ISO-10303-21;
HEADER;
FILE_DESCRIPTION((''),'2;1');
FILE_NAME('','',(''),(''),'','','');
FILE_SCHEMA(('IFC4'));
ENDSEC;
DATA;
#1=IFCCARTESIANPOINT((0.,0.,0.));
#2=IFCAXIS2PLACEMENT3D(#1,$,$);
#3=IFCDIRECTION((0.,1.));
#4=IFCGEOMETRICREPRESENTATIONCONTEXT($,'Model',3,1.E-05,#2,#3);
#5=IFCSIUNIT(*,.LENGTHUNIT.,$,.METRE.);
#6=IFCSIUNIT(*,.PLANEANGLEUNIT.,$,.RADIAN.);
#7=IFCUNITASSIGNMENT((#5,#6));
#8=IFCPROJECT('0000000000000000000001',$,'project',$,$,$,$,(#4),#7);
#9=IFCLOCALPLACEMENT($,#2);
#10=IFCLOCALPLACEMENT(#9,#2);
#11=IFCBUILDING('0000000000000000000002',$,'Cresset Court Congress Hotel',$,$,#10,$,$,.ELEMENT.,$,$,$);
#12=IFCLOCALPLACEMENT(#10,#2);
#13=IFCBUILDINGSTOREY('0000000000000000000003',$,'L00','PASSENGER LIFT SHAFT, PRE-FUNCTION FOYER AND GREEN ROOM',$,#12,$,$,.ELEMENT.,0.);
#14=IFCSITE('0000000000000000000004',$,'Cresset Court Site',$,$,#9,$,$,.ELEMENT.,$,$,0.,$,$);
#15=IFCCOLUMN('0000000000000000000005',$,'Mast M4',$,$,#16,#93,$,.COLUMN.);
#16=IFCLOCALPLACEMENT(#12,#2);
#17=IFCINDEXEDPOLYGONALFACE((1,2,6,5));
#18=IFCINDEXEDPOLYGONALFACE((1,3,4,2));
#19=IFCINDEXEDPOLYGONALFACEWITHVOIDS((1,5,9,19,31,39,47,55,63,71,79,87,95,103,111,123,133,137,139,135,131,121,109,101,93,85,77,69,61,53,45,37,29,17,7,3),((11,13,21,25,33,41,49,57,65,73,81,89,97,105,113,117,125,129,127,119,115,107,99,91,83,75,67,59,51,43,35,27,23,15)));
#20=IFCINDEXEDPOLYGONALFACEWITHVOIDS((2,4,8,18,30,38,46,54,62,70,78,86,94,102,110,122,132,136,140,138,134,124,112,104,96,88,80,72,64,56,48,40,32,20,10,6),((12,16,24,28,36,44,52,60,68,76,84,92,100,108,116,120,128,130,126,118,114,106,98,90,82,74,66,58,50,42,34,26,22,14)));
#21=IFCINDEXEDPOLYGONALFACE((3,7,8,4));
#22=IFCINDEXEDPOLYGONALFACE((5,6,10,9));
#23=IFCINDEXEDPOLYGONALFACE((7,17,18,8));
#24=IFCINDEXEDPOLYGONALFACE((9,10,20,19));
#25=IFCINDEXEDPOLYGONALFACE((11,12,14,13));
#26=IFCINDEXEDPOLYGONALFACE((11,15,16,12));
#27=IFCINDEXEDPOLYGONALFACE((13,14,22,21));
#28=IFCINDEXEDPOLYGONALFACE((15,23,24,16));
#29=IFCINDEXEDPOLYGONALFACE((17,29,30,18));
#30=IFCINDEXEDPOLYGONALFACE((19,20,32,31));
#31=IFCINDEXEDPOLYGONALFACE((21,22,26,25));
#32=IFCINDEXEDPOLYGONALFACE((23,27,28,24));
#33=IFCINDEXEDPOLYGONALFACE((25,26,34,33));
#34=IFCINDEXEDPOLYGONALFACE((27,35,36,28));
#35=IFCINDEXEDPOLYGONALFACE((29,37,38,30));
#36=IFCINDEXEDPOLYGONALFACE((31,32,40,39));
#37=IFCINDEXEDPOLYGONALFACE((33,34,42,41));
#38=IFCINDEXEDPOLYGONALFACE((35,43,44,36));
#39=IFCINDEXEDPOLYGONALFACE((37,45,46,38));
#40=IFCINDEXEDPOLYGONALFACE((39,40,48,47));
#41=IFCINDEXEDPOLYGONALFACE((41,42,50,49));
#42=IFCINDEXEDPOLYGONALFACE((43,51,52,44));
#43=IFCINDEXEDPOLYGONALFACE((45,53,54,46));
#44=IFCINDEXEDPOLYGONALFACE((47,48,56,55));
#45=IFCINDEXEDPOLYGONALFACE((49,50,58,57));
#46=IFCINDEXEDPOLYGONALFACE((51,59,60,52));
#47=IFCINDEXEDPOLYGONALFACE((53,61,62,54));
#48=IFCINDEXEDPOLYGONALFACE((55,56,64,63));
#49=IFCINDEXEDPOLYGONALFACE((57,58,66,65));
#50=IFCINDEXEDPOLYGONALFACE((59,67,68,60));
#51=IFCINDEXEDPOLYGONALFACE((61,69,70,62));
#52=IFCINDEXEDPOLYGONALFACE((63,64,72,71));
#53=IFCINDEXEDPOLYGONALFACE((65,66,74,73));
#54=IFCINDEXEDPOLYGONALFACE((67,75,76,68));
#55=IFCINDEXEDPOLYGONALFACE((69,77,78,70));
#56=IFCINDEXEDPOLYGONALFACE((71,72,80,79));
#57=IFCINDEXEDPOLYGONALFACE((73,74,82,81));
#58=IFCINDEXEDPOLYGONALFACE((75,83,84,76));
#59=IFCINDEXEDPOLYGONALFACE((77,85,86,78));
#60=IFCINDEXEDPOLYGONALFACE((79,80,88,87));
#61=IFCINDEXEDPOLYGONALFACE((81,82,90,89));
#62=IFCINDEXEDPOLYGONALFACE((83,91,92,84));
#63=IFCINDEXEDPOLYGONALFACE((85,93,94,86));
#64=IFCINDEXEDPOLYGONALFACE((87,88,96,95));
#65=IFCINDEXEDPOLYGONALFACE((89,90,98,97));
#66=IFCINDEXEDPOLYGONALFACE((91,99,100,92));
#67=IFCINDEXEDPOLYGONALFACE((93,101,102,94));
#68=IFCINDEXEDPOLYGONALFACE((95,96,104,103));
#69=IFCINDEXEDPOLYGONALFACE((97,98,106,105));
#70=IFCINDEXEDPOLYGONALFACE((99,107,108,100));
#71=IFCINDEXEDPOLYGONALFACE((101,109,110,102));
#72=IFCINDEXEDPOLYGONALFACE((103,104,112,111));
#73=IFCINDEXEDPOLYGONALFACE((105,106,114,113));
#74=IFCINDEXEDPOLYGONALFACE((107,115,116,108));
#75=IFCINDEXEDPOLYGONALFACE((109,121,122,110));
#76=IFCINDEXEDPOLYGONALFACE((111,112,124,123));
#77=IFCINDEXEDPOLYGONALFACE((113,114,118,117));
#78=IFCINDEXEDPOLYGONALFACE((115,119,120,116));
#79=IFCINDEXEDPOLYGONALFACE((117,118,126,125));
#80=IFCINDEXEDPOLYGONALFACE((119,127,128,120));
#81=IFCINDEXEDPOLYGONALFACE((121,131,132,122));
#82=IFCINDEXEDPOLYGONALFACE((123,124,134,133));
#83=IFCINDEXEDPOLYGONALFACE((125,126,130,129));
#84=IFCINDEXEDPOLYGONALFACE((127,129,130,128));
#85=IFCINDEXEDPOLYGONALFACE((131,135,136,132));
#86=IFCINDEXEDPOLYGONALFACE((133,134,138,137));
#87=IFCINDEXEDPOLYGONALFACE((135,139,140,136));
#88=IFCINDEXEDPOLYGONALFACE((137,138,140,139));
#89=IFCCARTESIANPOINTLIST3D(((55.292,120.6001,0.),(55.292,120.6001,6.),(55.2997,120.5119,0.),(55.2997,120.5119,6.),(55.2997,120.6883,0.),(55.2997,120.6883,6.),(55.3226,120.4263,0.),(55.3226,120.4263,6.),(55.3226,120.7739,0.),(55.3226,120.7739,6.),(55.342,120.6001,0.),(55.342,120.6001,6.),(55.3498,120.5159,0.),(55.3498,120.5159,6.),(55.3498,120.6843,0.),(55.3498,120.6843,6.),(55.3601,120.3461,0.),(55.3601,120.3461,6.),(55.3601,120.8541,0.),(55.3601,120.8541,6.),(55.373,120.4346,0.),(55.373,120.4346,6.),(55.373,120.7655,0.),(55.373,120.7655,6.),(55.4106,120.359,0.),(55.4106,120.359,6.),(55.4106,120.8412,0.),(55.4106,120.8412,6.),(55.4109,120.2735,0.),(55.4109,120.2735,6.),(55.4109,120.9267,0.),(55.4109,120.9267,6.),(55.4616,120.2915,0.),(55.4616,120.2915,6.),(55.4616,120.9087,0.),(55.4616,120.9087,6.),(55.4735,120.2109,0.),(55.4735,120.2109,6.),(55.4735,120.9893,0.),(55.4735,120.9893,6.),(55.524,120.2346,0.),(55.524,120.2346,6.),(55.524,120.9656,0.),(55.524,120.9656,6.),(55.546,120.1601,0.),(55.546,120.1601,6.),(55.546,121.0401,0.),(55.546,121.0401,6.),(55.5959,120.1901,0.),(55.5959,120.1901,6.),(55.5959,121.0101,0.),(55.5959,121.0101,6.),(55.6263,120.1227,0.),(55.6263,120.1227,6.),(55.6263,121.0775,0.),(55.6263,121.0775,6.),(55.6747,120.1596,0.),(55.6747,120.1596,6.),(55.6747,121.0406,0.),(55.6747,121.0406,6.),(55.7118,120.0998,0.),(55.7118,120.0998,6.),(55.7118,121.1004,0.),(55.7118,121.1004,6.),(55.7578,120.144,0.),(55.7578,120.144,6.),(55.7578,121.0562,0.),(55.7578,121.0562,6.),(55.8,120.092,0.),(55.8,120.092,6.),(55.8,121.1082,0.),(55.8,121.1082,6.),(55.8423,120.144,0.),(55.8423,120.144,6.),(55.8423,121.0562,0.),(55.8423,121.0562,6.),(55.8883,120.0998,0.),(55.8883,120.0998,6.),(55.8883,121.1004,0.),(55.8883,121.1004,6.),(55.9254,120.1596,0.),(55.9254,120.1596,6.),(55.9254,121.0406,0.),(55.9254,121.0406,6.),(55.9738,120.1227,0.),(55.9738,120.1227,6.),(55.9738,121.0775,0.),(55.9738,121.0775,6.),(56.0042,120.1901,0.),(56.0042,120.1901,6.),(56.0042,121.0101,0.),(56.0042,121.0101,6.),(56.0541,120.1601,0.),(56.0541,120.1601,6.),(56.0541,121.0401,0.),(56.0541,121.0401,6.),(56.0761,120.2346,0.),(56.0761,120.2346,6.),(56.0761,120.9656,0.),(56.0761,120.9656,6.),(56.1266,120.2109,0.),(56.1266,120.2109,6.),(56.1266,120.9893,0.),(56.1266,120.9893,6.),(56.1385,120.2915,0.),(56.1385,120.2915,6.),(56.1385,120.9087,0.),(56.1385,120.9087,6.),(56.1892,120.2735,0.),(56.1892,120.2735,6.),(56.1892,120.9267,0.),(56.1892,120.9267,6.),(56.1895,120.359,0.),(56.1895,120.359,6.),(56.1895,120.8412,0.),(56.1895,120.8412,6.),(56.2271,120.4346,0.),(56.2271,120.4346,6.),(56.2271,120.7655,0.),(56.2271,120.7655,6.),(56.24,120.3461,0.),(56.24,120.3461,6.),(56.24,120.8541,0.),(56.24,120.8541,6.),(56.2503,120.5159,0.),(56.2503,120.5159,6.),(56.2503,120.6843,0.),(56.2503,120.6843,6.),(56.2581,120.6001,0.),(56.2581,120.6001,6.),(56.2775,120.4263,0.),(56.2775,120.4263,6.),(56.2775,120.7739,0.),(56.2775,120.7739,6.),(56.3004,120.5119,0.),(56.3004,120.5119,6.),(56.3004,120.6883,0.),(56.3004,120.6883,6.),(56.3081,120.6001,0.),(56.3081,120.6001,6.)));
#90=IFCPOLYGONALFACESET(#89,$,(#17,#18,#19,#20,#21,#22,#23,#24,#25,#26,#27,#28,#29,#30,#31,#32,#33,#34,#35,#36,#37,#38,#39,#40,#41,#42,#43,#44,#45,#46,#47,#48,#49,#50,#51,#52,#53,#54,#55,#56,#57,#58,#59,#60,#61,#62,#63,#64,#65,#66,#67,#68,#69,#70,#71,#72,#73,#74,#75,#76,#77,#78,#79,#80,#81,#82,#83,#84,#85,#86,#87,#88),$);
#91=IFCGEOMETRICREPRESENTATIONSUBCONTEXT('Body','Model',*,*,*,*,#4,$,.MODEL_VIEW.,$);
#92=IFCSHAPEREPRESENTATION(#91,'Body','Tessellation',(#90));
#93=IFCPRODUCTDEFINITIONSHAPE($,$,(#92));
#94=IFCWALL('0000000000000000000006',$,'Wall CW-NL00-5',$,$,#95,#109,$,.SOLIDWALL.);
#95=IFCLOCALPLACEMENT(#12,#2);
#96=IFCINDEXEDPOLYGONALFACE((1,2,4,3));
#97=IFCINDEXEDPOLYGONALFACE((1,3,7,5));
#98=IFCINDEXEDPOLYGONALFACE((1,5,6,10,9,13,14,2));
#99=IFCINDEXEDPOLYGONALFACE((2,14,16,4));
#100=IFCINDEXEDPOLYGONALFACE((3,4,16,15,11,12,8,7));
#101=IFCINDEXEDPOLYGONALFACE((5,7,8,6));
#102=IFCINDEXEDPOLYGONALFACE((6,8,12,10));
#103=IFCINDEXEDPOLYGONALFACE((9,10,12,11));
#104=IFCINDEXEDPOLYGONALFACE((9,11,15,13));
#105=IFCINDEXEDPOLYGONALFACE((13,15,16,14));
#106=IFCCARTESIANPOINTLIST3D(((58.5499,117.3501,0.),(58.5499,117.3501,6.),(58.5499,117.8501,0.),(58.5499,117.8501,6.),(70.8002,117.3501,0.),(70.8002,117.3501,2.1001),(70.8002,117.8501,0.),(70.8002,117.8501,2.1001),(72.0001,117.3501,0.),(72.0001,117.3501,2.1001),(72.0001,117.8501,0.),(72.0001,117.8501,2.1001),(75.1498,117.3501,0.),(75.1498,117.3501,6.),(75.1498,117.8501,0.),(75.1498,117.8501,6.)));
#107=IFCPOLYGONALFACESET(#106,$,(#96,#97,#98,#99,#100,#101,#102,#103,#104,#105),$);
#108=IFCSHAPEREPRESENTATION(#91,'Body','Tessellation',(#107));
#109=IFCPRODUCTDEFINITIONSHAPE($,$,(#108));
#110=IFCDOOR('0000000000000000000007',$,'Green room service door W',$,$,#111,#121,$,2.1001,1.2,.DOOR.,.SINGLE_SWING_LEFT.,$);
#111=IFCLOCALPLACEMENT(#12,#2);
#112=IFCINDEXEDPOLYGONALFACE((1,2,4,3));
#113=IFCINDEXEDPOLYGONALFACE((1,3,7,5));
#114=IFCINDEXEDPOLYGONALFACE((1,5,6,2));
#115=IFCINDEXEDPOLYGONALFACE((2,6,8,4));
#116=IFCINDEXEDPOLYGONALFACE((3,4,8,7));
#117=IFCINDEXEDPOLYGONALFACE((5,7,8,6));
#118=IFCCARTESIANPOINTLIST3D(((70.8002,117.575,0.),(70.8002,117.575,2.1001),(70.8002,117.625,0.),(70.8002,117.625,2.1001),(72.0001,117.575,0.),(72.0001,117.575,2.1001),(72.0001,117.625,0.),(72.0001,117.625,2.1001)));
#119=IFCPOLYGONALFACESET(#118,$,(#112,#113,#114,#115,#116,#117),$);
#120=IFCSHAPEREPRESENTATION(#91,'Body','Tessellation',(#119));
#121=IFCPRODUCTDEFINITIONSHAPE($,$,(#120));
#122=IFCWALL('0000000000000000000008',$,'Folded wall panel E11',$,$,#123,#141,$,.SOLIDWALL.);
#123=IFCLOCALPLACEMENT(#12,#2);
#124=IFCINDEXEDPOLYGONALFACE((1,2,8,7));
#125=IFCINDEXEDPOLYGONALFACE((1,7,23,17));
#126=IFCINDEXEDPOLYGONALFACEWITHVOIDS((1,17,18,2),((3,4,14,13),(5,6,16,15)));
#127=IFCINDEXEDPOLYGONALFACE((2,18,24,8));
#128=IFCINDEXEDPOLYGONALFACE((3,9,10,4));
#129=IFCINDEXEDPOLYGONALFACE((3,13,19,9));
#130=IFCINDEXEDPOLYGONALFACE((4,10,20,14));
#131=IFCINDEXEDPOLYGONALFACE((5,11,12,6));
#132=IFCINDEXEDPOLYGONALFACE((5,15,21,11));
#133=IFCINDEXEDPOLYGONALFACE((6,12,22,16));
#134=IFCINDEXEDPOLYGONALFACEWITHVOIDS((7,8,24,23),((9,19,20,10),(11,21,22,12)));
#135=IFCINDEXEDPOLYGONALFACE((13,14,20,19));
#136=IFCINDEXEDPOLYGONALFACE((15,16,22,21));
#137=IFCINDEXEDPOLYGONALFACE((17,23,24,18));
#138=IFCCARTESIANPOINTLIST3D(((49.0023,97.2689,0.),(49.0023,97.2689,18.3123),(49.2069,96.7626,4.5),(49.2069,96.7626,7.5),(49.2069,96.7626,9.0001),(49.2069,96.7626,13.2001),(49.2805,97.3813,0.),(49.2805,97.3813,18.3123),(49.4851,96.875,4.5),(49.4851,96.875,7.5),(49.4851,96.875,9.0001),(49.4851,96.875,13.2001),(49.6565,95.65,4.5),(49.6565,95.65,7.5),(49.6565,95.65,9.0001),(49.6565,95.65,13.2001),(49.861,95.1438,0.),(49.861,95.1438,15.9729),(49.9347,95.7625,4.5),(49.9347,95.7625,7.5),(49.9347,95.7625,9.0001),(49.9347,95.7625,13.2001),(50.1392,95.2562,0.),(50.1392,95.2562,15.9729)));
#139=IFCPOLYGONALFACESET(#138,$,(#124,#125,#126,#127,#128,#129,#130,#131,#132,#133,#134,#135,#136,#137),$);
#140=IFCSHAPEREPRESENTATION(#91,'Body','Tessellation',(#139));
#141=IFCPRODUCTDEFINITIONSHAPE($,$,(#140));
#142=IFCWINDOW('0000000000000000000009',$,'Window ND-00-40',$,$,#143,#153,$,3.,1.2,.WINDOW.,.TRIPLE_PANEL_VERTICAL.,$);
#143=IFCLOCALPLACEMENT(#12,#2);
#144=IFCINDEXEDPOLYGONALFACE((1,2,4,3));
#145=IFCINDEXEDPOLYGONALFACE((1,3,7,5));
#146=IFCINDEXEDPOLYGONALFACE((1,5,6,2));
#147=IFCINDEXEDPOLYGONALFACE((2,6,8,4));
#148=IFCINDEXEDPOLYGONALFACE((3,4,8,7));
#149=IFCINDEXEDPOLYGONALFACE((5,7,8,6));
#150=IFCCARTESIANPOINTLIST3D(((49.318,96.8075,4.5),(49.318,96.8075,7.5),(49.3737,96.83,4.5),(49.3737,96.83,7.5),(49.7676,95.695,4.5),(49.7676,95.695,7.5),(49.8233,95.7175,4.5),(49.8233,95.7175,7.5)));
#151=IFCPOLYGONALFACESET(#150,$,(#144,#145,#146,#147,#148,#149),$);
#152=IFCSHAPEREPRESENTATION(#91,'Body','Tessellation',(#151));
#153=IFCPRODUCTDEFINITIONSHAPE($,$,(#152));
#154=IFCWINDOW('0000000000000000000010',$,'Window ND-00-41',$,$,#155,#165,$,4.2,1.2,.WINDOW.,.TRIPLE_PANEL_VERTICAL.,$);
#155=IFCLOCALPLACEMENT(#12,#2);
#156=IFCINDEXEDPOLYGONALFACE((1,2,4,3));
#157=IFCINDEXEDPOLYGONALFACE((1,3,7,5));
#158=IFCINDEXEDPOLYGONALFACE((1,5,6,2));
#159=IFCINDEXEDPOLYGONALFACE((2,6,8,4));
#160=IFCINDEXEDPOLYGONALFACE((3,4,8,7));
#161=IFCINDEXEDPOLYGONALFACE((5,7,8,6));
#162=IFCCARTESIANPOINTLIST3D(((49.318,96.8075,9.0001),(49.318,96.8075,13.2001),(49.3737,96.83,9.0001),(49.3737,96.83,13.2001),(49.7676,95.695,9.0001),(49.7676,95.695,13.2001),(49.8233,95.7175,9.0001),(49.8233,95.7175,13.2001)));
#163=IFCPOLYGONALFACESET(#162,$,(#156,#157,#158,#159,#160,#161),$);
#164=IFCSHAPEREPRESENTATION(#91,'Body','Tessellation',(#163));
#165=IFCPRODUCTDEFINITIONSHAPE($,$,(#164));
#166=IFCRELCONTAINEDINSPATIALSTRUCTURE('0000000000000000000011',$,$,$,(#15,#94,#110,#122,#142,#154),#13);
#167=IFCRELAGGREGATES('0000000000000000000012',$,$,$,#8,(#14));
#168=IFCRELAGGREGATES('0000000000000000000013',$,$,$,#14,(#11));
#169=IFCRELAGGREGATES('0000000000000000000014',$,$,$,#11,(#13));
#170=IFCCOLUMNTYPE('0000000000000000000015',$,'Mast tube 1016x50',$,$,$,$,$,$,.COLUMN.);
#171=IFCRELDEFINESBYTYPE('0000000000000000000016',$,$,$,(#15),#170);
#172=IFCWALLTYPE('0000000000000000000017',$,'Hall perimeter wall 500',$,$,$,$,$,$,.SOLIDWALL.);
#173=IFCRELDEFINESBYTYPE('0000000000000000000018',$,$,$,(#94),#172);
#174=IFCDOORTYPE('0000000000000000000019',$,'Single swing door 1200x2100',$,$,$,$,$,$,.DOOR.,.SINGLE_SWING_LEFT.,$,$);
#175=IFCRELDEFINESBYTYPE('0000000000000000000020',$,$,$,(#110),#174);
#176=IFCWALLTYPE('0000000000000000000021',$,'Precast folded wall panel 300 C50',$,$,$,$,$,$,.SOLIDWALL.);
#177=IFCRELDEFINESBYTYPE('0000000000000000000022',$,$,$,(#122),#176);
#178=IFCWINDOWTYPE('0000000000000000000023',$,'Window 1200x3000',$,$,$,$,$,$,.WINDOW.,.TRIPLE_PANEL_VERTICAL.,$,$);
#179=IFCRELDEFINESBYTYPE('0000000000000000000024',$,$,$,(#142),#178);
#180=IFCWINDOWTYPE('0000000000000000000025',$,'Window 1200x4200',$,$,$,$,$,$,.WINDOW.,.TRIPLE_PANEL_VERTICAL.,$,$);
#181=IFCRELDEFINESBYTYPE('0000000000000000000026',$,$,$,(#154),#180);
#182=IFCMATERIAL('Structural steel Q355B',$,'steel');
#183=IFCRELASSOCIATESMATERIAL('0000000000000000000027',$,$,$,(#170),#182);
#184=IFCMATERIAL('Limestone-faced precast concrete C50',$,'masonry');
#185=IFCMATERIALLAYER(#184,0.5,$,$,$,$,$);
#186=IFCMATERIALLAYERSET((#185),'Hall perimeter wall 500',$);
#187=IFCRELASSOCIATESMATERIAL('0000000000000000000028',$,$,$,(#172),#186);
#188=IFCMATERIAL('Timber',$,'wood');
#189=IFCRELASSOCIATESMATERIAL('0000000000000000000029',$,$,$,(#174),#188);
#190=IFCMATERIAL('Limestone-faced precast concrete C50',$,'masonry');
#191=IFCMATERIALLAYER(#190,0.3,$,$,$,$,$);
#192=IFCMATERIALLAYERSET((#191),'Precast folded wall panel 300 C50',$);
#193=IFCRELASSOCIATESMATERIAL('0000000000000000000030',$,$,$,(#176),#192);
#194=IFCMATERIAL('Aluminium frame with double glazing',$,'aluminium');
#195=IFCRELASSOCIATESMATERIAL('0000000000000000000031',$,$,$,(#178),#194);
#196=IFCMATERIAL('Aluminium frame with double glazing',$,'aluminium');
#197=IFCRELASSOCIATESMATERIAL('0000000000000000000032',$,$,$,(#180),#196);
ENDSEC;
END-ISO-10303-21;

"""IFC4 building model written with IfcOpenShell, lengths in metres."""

from ifc_helpers import new_model, si_unit, direction, frame, frame_2d, origin, origin_2d, place, context, subcontext, project, spatial, polyline, rectangle, hollow_circle, outline, extrude, material, layer, layer_set, material_profile, profile_set, type_object, element, fill, save


model = new_model("IFC4")

# Units and contexts
model_context = context("Model", 3, precision=1e-05, world=origin(), true_north=direction((0.0, 1.0)))
body_context = subcontext(model_context, "Body", "Model", "MODEL_VIEW")
ifc_project = project(units=[si_unit("LENGTHUNIT", "METRE"), si_unit("PLANEANGLEUNIT", "RADIAN")], contexts=[model_context])

# Site, building, storey
site_placement = place(None, origin())
site = spatial("IfcSite", under=ifc_project, at=site_placement, Name="Cresset Court Site", CompositionType="ELEMENT", RefElevation=0.0)
building_placement = place(site_placement, origin())
building = spatial("IfcBuilding", under=site, at=building_placement, Name="Cresset Court Congress Hotel", CompositionType="ELEMENT")
storey_placement = place(building_placement, origin())
storey = spatial("IfcBuildingStorey", under=building, at=storey_placement, Name="L00", Description="PASSENGER LIFT SHAFT, PRE-FUNCTION FOYER AND GREEN ROOM", CompositionType="ELEMENT", Elevation=0.0)

# Column
ifc_material_1 = material(Name="Structural steel Q355B", Category="steel")
ifc_material_profile = material_profile(ifc_material_1, hollow_circle(Radius=0.5081, WallThickness=0.05, at=origin_2d()), Name="CHS1016x50")
ifc_profile_set = profile_set([ifc_material_profile], Name="Structural steel Q355B")
column_type = type_object("IfcColumnType", Name="Mast tube 1016x50", PredefinedType="COLUMN", material=ifc_profile_set)
column_placement = place(storey_placement, frame((55.8, 120.6001, 0.0), z_axis=(0.0, 0.0, 1.0), x_axis=(1.0, 0.0, 0.0)))
element("IfcColumn", 1, at=column_placement, inside=storey, type_object=column_type, Name="Mast M4", PredefinedType="COLUMN", context=body_context, shape_type="SweptSolid", body=[
    extrude(hollow_circle(Radius=0.5081, WallThickness=0.05, at=origin_2d()), origin(), (0.0, 0.0, 1.0), 6.0),
])

# Wall, opening, door
ifc_material_2 = material(Name="Limestone-faced precast concrete C50", Category="masonry")
ifc_layer_1 = layer(ifc_material_2, 0.5)
ifc_layer_set_1 = layer_set([ifc_layer_1], Name="Hall perimeter wall 500")
wall_type_1 = type_object("IfcWallType", Name="Hall perimeter wall 500", PredefinedType="SOLIDWALL", material=ifc_layer_set_1)
wall_1_placement = place(storey_placement, frame((58.55, 117.6001, 0.0), z_axis=(0.0, 0.0, 1.0), x_axis=(1.0, 0.0, 0.0)))
wall_1 = element("IfcWall", 2, at=wall_1_placement, inside=storey, type_object=wall_type_1, Name="Wall CW-NL00-5", PredefinedType="SOLIDWALL", context=body_context, shape_type="SweptSolid", body=[
    extrude(rectangle(XDim=16.5999, YDim=0.5, at=frame_2d((8.2998, 0.0))), origin(), (0.0, 0.0, 1.0), 6.0),
])
opening_1_placement = place(wall_1_placement, frame((12.25, 0.0, 0.0)))
opening_1 = element("IfcOpeningElement", 3, at=opening_1_placement, cuts=wall_1, PredefinedType="OPENING", context=body_context, shape_type="SweptSolid", body=[
    extrude(rectangle(XDim=1.2, YDim=2.1001, at=frame_2d((0.6001, 1.05))), frame((0.0, 0.26, 0.0), z_axis=(0.0, -1.0, 0.0), x_axis=(1.0, 0.0, 0.0)), (0.0, 0.0, 1.0), 0.52),
])
ifc_material_3 = material(Name="Timber", Category="wood")
door_type = type_object("IfcDoorType", Name="Single swing door 1200x2100", OperationType="SINGLE_SWING_LEFT", PredefinedType="DOOR", material=ifc_material_3)
door_placement = place(opening_1_placement, origin())
door = element("IfcDoor", 4, at=door_placement, inside=storey, type_object=door_type, Name="Green room service door W", OperationType="SINGLE_SWING_LEFT", OverallHeight=2.1001, OverallWidth=1.2, PredefinedType="DOOR", context=body_context, shape_type="SweptSolid", body=[
    extrude(rectangle(XDim=1.2, YDim=2.1001, at=frame_2d((0.6001, 1.05))), frame((0.0, 0.0249, 0.0), z_axis=(0.0, -1.0, 0.0), x_axis=(1.0, 0.0, 0.0)), (0.0, 0.0, 1.0), 0.05),
])
fill(opening_1, door)

# Wall, openings, windows
ifc_material_4 = material(Name="Limestone-faced precast concrete C50", Category="masonry")
ifc_layer_2 = layer(ifc_material_4, 0.3)
ifc_layer_set_2 = layer_set([ifc_layer_2], Name="Precast folded wall panel 300 C50")
wall_type_2 = type_object("IfcWallType", Name="Precast folded wall panel 300 C50", PredefinedType="SOLIDWALL", material=ifc_layer_set_2)
wall_2_placement = place(storey_placement, frame((50.0, 95.2, 0.0), z_axis=(0.0, 0.0, 1.0), x_axis=(-0.374639, 0.927171, 0.0)))
wall_2 = element("IfcWall", 5, at=wall_2_placement, inside=storey, type_object=wall_type_2, Name="Folded wall panel E11", PredefinedType="SOLIDWALL", context=body_context, shape_type="SweptSolid", body=[
    extrude(outline(polyline([(0.0, 0.0), (2.292, 0.0), (2.292, 18.3123), (0.0, 15.9729), (0.0, 0.0)])), frame((0.0, 0.1499, 0.0), z_axis=(0.0, -1.0, 0.0), x_axis=(1.0, 0.0, 0.0)), (0.0, 0.0, 1.0), 0.3),
])
opening_2_placement = place(wall_2_placement, frame((0.5459, 0.0, 4.5)))
opening_2 = element("IfcOpeningElement", 6, at=opening_2_placement, cuts=wall_2, PredefinedType="OPENING", context=body_context, shape_type="SweptSolid", body=[
    extrude(rectangle(XDim=1.2, YDim=3.0, at=frame_2d((0.6001, 1.5))), frame((0.0, 0.1599, 0.0), z_axis=(0.0, -1.0, 0.0), x_axis=(1.0, 0.0, 0.0)), (0.0, 0.0, 1.0), 0.3201),
])
opening_3_placement = place(wall_2_placement, frame((0.5459, 0.0, 9.0)))
opening_3 = element("IfcOpeningElement", 7, at=opening_3_placement, cuts=wall_2, PredefinedType="OPENING", context=body_context, shape_type="SweptSolid", body=[
    extrude(rectangle(XDim=1.2, YDim=4.2, at=frame_2d((0.6001, 2.1001))), frame((0.0, 0.1599, 0.0), z_axis=(0.0, -1.0, 0.0), x_axis=(1.0, 0.0, 0.0)), (0.0, 0.0, 1.0), 0.3201),
])
ifc_material_5 = material(Name="Aluminium frame with double glazing", Category="aluminium")
window_type_1 = type_object("IfcWindowType", Name="Window 1200x3000", PartitioningType="TRIPLE_PANEL_VERTICAL", PredefinedType="WINDOW", material=ifc_material_5)
window_1_placement = place(opening_2_placement, origin())
window_1 = element("IfcWindow", 8, at=window_1_placement, inside=storey, type_object=window_type_1, Name="Window ND-00-40", OverallHeight=3.0, OverallWidth=1.2, PartitioningType="TRIPLE_PANEL_VERTICAL", PredefinedType="WINDOW", context=body_context, shape_type="SweptSolid", body=[
    extrude(rectangle(XDim=1.2, YDim=3.0, at=frame_2d((0.6001, 1.5))), frame((0.0, 0.03, 0.0), z_axis=(0.0, -1.0, 0.0), x_axis=(1.0, 0.0, 0.0)), (0.0, 0.0, 1.0), 0.0601),
])
fill(opening_2, window_1)
ifc_material_6 = material(Name="Aluminium frame with double glazing", Category="aluminium")
window_type_2 = type_object("IfcWindowType", Name="Window 1200x4200", PartitioningType="TRIPLE_PANEL_VERTICAL", PredefinedType="WINDOW", material=ifc_material_6)
window_2_placement = place(opening_3_placement, origin())
window_2 = element("IfcWindow", 9, at=window_2_placement, inside=storey, type_object=window_type_2, Name="Window ND-00-41", OverallHeight=4.2, OverallWidth=1.2, PartitioningType="TRIPLE_PANEL_VERTICAL", PredefinedType="WINDOW", context=body_context, shape_type="SweptSolid", body=[
    extrude(rectangle(XDim=1.2, YDim=4.2, at=frame_2d((0.6001, 2.1001))), frame((0.0, 0.03, 0.0), z_axis=(0.0, -1.0, 0.0), x_axis=(1.0, 0.0, 0.0)), (0.0, 0.0, 1.0), 0.0601),
])
fill(opening_3, window_2)

save(model, "model.ifc")
